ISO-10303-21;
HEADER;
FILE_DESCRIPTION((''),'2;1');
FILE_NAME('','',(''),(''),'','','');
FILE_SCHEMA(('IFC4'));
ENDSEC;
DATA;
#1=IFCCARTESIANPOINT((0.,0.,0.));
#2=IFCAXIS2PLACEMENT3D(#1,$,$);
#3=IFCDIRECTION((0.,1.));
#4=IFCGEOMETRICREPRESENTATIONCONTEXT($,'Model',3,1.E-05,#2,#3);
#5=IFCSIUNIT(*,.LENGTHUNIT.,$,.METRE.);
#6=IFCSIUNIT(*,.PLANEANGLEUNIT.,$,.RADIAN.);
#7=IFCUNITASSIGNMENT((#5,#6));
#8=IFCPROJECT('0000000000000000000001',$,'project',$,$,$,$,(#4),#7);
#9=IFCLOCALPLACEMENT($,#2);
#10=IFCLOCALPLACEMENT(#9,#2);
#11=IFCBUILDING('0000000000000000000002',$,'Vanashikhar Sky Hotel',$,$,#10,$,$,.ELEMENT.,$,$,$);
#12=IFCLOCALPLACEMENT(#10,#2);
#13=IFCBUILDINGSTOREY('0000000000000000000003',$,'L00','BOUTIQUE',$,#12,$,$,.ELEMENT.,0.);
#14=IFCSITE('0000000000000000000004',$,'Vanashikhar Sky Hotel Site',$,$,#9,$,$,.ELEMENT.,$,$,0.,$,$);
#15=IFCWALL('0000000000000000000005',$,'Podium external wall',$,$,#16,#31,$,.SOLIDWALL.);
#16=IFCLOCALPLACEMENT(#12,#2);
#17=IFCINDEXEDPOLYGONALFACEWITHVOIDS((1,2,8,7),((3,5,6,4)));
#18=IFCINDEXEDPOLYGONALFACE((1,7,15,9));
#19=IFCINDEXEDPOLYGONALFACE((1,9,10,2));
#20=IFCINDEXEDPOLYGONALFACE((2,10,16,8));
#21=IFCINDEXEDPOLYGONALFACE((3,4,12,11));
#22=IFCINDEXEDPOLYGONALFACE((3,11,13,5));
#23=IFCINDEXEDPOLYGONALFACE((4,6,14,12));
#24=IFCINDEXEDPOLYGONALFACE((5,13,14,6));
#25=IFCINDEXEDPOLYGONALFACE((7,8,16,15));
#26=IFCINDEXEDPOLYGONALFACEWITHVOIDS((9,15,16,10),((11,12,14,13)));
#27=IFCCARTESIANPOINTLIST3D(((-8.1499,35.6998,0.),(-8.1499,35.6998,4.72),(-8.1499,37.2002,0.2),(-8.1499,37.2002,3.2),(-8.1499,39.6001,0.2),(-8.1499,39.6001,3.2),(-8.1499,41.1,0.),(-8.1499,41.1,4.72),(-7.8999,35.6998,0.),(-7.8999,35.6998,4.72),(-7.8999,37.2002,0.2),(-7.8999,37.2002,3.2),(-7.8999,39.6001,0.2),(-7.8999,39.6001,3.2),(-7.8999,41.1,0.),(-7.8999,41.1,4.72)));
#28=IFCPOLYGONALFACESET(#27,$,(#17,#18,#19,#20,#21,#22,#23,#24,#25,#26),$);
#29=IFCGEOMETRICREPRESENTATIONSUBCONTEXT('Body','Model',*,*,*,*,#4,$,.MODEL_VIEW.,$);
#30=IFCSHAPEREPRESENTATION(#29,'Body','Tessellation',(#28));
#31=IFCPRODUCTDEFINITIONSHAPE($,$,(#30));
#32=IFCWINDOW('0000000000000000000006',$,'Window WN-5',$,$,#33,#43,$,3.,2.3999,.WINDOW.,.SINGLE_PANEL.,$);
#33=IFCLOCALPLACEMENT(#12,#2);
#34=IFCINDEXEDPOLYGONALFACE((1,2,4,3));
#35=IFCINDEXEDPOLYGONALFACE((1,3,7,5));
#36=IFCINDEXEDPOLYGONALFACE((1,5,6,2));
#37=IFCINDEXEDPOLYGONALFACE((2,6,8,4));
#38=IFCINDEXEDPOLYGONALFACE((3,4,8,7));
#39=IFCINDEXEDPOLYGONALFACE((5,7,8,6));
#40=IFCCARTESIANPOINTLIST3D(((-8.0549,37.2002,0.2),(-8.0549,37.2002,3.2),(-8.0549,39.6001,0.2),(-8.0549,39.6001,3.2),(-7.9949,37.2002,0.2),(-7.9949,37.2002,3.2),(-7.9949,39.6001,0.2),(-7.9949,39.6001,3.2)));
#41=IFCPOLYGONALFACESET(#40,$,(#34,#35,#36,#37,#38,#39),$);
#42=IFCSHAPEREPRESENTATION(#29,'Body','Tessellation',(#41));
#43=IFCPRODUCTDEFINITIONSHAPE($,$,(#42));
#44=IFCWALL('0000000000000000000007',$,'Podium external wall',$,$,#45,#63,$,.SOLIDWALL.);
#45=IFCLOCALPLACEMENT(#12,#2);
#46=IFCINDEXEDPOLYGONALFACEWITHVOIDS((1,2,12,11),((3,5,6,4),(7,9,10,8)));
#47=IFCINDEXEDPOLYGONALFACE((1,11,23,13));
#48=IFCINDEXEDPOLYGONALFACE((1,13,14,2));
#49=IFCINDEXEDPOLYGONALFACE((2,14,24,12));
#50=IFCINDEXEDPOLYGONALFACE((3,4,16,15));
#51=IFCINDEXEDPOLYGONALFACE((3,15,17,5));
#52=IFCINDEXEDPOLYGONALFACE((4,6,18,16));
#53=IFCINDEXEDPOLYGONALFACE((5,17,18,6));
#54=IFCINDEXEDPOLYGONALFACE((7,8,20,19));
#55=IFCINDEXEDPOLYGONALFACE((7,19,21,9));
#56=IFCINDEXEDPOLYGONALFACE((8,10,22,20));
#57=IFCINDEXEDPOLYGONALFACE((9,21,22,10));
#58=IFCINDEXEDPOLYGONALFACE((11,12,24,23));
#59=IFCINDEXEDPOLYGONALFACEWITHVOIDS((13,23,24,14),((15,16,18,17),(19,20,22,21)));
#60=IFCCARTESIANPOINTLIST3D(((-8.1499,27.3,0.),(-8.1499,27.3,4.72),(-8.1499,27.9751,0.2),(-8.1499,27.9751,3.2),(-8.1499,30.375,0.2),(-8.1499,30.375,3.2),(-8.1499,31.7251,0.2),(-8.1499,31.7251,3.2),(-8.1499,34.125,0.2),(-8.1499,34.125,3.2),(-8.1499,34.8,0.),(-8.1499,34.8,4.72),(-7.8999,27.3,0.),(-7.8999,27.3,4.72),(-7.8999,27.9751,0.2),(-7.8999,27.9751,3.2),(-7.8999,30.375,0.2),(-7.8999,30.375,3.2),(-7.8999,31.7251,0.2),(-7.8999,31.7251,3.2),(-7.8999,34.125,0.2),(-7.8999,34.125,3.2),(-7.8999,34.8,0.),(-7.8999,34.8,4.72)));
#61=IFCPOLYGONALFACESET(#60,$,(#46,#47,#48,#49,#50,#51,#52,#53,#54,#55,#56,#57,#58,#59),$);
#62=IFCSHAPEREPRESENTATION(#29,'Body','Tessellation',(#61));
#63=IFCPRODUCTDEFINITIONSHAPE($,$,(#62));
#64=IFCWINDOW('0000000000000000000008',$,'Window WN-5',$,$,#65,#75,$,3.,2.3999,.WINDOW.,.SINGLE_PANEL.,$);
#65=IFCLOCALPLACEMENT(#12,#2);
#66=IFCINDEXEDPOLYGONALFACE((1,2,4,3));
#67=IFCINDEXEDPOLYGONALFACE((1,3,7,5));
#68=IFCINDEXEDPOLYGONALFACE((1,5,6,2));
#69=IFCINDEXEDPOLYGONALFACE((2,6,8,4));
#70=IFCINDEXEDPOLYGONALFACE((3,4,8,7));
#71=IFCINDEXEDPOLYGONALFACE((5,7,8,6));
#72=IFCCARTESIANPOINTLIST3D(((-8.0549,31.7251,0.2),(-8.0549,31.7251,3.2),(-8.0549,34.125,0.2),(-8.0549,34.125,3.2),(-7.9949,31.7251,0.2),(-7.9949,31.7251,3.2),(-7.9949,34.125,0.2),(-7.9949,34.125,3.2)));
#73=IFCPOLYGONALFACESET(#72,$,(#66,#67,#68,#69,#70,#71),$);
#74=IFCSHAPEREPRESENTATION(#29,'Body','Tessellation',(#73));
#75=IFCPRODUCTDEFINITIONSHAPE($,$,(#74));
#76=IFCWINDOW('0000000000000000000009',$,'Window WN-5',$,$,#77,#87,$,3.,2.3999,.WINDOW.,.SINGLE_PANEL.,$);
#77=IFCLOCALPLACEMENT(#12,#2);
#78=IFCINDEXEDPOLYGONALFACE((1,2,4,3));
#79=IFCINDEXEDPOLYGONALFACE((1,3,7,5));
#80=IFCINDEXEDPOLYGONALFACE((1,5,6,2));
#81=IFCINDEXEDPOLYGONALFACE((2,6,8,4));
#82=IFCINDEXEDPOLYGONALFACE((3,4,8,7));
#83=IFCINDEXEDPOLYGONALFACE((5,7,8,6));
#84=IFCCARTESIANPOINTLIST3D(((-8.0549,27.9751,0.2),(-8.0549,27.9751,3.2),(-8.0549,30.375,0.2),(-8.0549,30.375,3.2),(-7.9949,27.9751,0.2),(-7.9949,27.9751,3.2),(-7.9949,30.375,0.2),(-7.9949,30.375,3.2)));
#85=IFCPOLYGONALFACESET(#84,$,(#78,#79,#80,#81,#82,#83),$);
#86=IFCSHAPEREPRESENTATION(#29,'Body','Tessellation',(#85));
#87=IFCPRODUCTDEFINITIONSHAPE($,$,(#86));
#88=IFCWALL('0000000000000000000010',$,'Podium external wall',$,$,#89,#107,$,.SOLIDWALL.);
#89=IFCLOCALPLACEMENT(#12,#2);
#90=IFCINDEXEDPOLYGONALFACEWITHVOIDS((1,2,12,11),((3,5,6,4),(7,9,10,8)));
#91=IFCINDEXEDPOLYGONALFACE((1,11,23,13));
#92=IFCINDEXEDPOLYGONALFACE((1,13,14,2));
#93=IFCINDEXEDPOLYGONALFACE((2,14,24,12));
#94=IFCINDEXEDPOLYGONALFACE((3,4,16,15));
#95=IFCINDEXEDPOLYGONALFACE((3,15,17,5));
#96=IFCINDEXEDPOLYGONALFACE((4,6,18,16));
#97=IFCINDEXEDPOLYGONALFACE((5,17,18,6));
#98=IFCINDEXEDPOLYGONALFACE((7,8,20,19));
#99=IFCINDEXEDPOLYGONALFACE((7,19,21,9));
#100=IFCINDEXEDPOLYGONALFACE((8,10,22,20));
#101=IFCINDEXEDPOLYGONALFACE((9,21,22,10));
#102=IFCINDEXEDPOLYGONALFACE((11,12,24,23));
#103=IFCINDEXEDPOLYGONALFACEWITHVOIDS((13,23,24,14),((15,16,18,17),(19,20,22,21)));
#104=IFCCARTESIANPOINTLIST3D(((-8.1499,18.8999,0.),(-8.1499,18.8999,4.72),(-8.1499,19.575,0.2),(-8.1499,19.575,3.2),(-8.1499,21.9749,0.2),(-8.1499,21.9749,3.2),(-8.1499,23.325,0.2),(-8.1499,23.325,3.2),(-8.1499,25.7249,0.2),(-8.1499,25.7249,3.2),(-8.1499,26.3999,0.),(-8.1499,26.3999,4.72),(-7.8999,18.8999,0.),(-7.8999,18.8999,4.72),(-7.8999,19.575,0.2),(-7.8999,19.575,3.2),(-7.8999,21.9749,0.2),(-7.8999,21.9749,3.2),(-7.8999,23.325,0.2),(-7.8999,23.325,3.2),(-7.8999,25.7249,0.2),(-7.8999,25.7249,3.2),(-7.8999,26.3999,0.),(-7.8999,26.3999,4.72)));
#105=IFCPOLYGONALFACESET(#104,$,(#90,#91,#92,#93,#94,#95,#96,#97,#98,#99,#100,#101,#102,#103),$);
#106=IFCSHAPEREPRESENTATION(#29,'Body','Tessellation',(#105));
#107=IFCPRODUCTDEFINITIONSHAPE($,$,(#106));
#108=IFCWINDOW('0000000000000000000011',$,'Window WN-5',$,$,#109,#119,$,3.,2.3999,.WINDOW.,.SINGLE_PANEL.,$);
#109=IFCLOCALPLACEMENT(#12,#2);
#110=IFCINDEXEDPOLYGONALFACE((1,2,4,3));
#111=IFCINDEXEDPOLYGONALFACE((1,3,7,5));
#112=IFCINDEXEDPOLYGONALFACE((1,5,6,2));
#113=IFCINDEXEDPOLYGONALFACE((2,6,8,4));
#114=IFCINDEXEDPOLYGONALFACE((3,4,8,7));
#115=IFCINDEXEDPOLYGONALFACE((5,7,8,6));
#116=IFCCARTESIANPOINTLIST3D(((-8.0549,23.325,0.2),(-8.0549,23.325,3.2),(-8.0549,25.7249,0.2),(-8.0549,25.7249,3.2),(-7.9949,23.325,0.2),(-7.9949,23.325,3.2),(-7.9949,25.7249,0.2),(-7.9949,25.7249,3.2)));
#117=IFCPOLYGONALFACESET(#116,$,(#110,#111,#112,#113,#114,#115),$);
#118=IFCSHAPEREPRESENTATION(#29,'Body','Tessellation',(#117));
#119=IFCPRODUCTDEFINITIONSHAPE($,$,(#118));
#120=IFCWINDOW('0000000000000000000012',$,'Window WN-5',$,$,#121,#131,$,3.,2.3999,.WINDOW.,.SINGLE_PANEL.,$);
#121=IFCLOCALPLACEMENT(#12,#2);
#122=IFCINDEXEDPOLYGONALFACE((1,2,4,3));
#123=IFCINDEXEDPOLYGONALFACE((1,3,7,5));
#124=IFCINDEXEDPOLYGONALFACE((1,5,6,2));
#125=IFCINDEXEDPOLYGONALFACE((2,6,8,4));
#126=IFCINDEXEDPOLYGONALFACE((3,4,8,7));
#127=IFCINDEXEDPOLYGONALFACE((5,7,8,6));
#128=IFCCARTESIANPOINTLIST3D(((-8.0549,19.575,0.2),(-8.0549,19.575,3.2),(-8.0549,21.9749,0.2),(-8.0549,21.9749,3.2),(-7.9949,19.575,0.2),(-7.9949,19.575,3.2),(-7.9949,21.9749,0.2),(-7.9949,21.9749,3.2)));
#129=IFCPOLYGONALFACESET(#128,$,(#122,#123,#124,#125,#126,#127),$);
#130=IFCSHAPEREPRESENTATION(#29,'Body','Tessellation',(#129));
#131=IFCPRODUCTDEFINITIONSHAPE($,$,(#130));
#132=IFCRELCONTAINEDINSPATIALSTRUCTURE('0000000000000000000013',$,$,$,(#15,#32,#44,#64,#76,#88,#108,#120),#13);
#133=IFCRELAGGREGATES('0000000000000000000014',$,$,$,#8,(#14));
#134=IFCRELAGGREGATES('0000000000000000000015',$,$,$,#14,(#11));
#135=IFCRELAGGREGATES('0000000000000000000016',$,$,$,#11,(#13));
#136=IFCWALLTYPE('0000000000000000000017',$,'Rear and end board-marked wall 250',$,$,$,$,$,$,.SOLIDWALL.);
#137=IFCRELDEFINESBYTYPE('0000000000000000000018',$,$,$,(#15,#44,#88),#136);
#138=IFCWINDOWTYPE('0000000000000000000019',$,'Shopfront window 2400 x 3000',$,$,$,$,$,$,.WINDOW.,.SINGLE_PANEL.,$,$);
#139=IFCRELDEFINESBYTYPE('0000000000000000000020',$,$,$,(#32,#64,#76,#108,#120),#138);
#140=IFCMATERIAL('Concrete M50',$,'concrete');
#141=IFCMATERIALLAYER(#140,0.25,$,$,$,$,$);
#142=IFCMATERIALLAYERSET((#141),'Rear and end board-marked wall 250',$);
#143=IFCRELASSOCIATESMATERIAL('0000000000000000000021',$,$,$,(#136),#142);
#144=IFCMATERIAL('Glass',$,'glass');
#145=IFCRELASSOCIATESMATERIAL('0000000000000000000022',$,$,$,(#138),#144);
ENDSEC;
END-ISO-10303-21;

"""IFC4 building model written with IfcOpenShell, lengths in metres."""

from ifc_helpers import new_model, si_unit, direction, frame, frame_2d, origin, place, context, subcontext, project, spatial, rectangle, extrude, source, transform, mapped, material, layer, layer_set, type_object, element, fill, save


model = new_model("IFC4")

# Units and contexts
model_context = context("Model", 3, precision=1e-05, world=origin(), true_north=direction((0.0, 1.0)))
body_context = subcontext(model_context, "Body", "Model", "MODEL_VIEW")
ifc_project = project(units=[si_unit("LENGTHUNIT", "METRE"), si_unit("PLANEANGLEUNIT", "RADIAN")], contexts=[model_context])

# Site, building, storey
site_placement = place(None, origin())
site = spatial("IfcSite", under=ifc_project, at=site_placement, Name="Vanashikhar Sky Hotel Site", CompositionType="ELEMENT", RefElevation=0.0)
building_placement = place(site_placement, origin())
building = spatial("IfcBuilding", under=site, at=building_placement, Name="Vanashikhar Sky Hotel", CompositionType="ELEMENT")
storey_placement = place(building_placement, origin())
storey = spatial("IfcBuildingStorey", under=building, at=storey_placement, Name="L00", Description="BOUTIQUE", CompositionType="ELEMENT", Elevation=0.0)

# Shared definitions
ifc_material_1 = material(Name="Concrete M50", Category="concrete")
ifc_layer = layer(ifc_material_1, 0.25)
ifc_layer_set = layer_set([ifc_layer], Name="Rear and end board-marked wall 250")
wall_type = type_object("IfcWallType", Name="Rear and end board-marked wall 250", PredefinedType="SOLIDWALL", material=ifc_layer_set)
ifc_material_2 = material(Name="Glass", Category="glass")

# Wall, opening, window
shared_shape_1 = source(origin(), body_context, "Body", "SweptSolid", [
    extrude(rectangle(XDim=5.4001, YDim=0.25, at=frame_2d((2.7002, 0.0))), origin(), (0.0, 0.0, 1.0), 4.72),
])
wall_1_placement = place(storey_placement, frame((-8.0249, 41.1001, 0.0), z_axis=(0.0, 0.0, 1.0), x_axis=(0.0, -1.0, 0.0)))
wall_1 = element("IfcWall", 1, at=wall_1_placement, inside=storey, type_object=wall_type, Name="Podium external wall", PredefinedType="SOLIDWALL", context=body_context, shape_type="MappedRepresentation", body=[
    mapped(shared_shape_1, transform((0.0, 0.0, 0.0), scale=1.0)),
])
shared_shape_2 = source(origin(), body_context, "Body", "SweptSolid", [
    extrude(rectangle(XDim=2.3999, YDim=3.0, at=frame_2d((1.2, 1.5))), frame((0.0, 0.135, 0.0), z_axis=(0.0, -1.0, 0.0), x_axis=(1.0, 0.0, 0.0)), (0.0, 0.0, 1.0), 0.27),
])
opening_1_placement = place(wall_1_placement, frame((1.5, 0.0, 0.2)))
opening_1 = element("IfcOpeningElement", 2, at=opening_1_placement, cuts=wall_1, PredefinedType="OPENING", context=body_context, shape_type="MappedRepresentation", body=[
    mapped(shared_shape_2, transform((0.0, 0.0, 0.0), scale=1.0)),
])
window_type_1 = type_object("IfcWindowType", Name="Shopfront window 2400 x 3000", PartitioningType="SINGLE_PANEL", PredefinedType="WINDOW", material=ifc_material_2)
shared_shape_3 = source(origin(), body_context, "Body", "SweptSolid", [
    extrude(rectangle(XDim=2.3999, YDim=3.0, at=frame_2d((1.2, 1.5))), frame((0.0, 0.03, 0.0), z_axis=(0.0, -1.0, 0.0), x_axis=(1.0, 0.0, 0.0)), (0.0, 0.0, 1.0), 0.0601),
])
window_1_placement = place(opening_1_placement, origin())
window_1 = element("IfcWindow", 3, at=window_1_placement, inside=storey, type_object=window_type_1, Name="Window WN-5", OverallHeight=3.0, OverallWidth=2.3999, PartitioningType="SINGLE_PANEL", PredefinedType="WINDOW", context=body_context, shape_type="MappedRepresentation", body=[
    mapped(shared_shape_3, transform((0.0, 0.0, 0.0), scale=1.0)),
])
fill(opening_1, window_1)

# Walls, openings, windows
shared_shape_4 = source(origin(), body_context, "Body", "SweptSolid", [
    extrude(rectangle(XDim=7.5, YDim=0.25, at=frame_2d((3.75, 0.0))), origin(), (0.0, 0.0, 1.0), 4.72),
])
wall_2_placement = place(storey_placement, frame((-8.0249, 34.8, 0.0), z_axis=(0.0, 0.0, 1.0), x_axis=(0.0, -1.0, 0.0)))
wall_2 = element("IfcWall", 4, at=wall_2_placement, inside=storey, type_object=wall_type, Name="Podium external wall", PredefinedType="SOLIDWALL", context=body_context, shape_type="MappedRepresentation", body=[
    mapped(shared_shape_4, transform((0.0, 0.0, 0.0), scale=1.0)),
])
opening_2_placement = place(wall_2_placement, frame((0.675, 0.0, 0.2)))
opening_2 = element("IfcOpeningElement", 5, at=opening_2_placement, cuts=wall_2, PredefinedType="OPENING", context=body_context, shape_type="MappedRepresentation", body=[
    mapped(shared_shape_2, transform((0.0, 0.0, 0.0), scale=1.0)),
])
opening_3_placement = place(wall_2_placement, frame((4.425, 0.0, 0.2)))
opening_3 = element("IfcOpeningElement", 6, at=opening_3_placement, cuts=wall_2, PredefinedType="OPENING", context=body_context, shape_type="MappedRepresentation", body=[
    mapped(shared_shape_2, transform((0.0, 0.0, 0.0), scale=1.0)),
])
window_2_placement = place(opening_2_placement, origin())
window_2 = element("IfcWindow", 7, at=window_2_placement, inside=storey, type_object=window_type_1, Name="Window WN-5", OverallHeight=3.0, OverallWidth=2.3999, PartitioningType="SINGLE_PANEL", PredefinedType="WINDOW", context=body_context, shape_type="MappedRepresentation", body=[
    mapped(shared_shape_3, transform((0.0, 0.0, 0.0), scale=1.0)),
])
fill(opening_2, window_2)
window_3_placement = place(opening_3_placement, origin())
window_3 = element("IfcWindow", 8, at=window_3_placement, inside=storey, type_object=window_type_1, Name="Window WN-5", OverallHeight=3.0, OverallWidth=2.3999, PartitioningType="SINGLE_PANEL", PredefinedType="WINDOW", context=body_context, shape_type="MappedRepresentation", body=[
    mapped(shared_shape_3, transform((0.0, 0.0, 0.0), scale=1.0)),
])
fill(opening_3, window_3)
wall_3_placement = place(storey_placement, frame((-8.0249, 26.3999, 0.0), z_axis=(0.0, 0.0, 1.0), x_axis=(0.0, -1.0, 0.0)))
wall_3 = element("IfcWall", 9, at=wall_3_placement, inside=storey, type_object=wall_type, Name="Podium external wall", PredefinedType="SOLIDWALL", context=body_context, shape_type="MappedRepresentation", body=[
    mapped(shared_shape_4, transform((0.0, 0.0, 0.0), scale=1.0)),
])
opening_4_placement = place(wall_3_placement, frame((0.675, 0.0, 0.2)))
opening_4 = element("IfcOpeningElement", 10, at=opening_4_placement, cuts=wall_3, PredefinedType="OPENING", context=body_context, shape_type="MappedRepresentation", body=[
    mapped(shared_shape_2, transform((0.0, 0.0, 0.0), scale=1.0)),
])
opening_5_placement = place(wall_3_placement, frame((4.425, 0.0, 0.2)))
opening_5 = element("IfcOpeningElement", 11, at=opening_5_placement, cuts=wall_3, PredefinedType="OPENING", context=body_context, shape_type="MappedRepresentation", body=[
    mapped(shared_shape_2, transform((0.0, 0.0, 0.0), scale=1.0)),
])
window_4_placement = place(opening_4_placement, origin())
window_4 = element("IfcWindow", 12, at=window_4_placement, inside=storey, type_object=window_type_1, Name="Window WN-5", OverallHeight=3.0, OverallWidth=2.3999, PartitioningType="SINGLE_PANEL", PredefinedType="WINDOW", context=body_context, shape_type="MappedRepresentation", body=[
    mapped(shared_shape_3, transform((0.0, 0.0, 0.0), scale=1.0)),
])
fill(opening_4, window_4)
window_5_placement = place(opening_5_placement, origin())
window_5 = element("IfcWindow", 13, at=window_5_placement, inside=storey, type_object=window_type_1, Name="Window WN-5", OverallHeight=3.0, OverallWidth=2.3999, PartitioningType="SINGLE_PANEL", PredefinedType="WINDOW", context=body_context, shape_type="MappedRepresentation", body=[
    mapped(shared_shape_3, transform((0.0, 0.0, 0.0), scale=1.0)),
])
fill(opening_5, window_5)

save(model, "model.ifc")
